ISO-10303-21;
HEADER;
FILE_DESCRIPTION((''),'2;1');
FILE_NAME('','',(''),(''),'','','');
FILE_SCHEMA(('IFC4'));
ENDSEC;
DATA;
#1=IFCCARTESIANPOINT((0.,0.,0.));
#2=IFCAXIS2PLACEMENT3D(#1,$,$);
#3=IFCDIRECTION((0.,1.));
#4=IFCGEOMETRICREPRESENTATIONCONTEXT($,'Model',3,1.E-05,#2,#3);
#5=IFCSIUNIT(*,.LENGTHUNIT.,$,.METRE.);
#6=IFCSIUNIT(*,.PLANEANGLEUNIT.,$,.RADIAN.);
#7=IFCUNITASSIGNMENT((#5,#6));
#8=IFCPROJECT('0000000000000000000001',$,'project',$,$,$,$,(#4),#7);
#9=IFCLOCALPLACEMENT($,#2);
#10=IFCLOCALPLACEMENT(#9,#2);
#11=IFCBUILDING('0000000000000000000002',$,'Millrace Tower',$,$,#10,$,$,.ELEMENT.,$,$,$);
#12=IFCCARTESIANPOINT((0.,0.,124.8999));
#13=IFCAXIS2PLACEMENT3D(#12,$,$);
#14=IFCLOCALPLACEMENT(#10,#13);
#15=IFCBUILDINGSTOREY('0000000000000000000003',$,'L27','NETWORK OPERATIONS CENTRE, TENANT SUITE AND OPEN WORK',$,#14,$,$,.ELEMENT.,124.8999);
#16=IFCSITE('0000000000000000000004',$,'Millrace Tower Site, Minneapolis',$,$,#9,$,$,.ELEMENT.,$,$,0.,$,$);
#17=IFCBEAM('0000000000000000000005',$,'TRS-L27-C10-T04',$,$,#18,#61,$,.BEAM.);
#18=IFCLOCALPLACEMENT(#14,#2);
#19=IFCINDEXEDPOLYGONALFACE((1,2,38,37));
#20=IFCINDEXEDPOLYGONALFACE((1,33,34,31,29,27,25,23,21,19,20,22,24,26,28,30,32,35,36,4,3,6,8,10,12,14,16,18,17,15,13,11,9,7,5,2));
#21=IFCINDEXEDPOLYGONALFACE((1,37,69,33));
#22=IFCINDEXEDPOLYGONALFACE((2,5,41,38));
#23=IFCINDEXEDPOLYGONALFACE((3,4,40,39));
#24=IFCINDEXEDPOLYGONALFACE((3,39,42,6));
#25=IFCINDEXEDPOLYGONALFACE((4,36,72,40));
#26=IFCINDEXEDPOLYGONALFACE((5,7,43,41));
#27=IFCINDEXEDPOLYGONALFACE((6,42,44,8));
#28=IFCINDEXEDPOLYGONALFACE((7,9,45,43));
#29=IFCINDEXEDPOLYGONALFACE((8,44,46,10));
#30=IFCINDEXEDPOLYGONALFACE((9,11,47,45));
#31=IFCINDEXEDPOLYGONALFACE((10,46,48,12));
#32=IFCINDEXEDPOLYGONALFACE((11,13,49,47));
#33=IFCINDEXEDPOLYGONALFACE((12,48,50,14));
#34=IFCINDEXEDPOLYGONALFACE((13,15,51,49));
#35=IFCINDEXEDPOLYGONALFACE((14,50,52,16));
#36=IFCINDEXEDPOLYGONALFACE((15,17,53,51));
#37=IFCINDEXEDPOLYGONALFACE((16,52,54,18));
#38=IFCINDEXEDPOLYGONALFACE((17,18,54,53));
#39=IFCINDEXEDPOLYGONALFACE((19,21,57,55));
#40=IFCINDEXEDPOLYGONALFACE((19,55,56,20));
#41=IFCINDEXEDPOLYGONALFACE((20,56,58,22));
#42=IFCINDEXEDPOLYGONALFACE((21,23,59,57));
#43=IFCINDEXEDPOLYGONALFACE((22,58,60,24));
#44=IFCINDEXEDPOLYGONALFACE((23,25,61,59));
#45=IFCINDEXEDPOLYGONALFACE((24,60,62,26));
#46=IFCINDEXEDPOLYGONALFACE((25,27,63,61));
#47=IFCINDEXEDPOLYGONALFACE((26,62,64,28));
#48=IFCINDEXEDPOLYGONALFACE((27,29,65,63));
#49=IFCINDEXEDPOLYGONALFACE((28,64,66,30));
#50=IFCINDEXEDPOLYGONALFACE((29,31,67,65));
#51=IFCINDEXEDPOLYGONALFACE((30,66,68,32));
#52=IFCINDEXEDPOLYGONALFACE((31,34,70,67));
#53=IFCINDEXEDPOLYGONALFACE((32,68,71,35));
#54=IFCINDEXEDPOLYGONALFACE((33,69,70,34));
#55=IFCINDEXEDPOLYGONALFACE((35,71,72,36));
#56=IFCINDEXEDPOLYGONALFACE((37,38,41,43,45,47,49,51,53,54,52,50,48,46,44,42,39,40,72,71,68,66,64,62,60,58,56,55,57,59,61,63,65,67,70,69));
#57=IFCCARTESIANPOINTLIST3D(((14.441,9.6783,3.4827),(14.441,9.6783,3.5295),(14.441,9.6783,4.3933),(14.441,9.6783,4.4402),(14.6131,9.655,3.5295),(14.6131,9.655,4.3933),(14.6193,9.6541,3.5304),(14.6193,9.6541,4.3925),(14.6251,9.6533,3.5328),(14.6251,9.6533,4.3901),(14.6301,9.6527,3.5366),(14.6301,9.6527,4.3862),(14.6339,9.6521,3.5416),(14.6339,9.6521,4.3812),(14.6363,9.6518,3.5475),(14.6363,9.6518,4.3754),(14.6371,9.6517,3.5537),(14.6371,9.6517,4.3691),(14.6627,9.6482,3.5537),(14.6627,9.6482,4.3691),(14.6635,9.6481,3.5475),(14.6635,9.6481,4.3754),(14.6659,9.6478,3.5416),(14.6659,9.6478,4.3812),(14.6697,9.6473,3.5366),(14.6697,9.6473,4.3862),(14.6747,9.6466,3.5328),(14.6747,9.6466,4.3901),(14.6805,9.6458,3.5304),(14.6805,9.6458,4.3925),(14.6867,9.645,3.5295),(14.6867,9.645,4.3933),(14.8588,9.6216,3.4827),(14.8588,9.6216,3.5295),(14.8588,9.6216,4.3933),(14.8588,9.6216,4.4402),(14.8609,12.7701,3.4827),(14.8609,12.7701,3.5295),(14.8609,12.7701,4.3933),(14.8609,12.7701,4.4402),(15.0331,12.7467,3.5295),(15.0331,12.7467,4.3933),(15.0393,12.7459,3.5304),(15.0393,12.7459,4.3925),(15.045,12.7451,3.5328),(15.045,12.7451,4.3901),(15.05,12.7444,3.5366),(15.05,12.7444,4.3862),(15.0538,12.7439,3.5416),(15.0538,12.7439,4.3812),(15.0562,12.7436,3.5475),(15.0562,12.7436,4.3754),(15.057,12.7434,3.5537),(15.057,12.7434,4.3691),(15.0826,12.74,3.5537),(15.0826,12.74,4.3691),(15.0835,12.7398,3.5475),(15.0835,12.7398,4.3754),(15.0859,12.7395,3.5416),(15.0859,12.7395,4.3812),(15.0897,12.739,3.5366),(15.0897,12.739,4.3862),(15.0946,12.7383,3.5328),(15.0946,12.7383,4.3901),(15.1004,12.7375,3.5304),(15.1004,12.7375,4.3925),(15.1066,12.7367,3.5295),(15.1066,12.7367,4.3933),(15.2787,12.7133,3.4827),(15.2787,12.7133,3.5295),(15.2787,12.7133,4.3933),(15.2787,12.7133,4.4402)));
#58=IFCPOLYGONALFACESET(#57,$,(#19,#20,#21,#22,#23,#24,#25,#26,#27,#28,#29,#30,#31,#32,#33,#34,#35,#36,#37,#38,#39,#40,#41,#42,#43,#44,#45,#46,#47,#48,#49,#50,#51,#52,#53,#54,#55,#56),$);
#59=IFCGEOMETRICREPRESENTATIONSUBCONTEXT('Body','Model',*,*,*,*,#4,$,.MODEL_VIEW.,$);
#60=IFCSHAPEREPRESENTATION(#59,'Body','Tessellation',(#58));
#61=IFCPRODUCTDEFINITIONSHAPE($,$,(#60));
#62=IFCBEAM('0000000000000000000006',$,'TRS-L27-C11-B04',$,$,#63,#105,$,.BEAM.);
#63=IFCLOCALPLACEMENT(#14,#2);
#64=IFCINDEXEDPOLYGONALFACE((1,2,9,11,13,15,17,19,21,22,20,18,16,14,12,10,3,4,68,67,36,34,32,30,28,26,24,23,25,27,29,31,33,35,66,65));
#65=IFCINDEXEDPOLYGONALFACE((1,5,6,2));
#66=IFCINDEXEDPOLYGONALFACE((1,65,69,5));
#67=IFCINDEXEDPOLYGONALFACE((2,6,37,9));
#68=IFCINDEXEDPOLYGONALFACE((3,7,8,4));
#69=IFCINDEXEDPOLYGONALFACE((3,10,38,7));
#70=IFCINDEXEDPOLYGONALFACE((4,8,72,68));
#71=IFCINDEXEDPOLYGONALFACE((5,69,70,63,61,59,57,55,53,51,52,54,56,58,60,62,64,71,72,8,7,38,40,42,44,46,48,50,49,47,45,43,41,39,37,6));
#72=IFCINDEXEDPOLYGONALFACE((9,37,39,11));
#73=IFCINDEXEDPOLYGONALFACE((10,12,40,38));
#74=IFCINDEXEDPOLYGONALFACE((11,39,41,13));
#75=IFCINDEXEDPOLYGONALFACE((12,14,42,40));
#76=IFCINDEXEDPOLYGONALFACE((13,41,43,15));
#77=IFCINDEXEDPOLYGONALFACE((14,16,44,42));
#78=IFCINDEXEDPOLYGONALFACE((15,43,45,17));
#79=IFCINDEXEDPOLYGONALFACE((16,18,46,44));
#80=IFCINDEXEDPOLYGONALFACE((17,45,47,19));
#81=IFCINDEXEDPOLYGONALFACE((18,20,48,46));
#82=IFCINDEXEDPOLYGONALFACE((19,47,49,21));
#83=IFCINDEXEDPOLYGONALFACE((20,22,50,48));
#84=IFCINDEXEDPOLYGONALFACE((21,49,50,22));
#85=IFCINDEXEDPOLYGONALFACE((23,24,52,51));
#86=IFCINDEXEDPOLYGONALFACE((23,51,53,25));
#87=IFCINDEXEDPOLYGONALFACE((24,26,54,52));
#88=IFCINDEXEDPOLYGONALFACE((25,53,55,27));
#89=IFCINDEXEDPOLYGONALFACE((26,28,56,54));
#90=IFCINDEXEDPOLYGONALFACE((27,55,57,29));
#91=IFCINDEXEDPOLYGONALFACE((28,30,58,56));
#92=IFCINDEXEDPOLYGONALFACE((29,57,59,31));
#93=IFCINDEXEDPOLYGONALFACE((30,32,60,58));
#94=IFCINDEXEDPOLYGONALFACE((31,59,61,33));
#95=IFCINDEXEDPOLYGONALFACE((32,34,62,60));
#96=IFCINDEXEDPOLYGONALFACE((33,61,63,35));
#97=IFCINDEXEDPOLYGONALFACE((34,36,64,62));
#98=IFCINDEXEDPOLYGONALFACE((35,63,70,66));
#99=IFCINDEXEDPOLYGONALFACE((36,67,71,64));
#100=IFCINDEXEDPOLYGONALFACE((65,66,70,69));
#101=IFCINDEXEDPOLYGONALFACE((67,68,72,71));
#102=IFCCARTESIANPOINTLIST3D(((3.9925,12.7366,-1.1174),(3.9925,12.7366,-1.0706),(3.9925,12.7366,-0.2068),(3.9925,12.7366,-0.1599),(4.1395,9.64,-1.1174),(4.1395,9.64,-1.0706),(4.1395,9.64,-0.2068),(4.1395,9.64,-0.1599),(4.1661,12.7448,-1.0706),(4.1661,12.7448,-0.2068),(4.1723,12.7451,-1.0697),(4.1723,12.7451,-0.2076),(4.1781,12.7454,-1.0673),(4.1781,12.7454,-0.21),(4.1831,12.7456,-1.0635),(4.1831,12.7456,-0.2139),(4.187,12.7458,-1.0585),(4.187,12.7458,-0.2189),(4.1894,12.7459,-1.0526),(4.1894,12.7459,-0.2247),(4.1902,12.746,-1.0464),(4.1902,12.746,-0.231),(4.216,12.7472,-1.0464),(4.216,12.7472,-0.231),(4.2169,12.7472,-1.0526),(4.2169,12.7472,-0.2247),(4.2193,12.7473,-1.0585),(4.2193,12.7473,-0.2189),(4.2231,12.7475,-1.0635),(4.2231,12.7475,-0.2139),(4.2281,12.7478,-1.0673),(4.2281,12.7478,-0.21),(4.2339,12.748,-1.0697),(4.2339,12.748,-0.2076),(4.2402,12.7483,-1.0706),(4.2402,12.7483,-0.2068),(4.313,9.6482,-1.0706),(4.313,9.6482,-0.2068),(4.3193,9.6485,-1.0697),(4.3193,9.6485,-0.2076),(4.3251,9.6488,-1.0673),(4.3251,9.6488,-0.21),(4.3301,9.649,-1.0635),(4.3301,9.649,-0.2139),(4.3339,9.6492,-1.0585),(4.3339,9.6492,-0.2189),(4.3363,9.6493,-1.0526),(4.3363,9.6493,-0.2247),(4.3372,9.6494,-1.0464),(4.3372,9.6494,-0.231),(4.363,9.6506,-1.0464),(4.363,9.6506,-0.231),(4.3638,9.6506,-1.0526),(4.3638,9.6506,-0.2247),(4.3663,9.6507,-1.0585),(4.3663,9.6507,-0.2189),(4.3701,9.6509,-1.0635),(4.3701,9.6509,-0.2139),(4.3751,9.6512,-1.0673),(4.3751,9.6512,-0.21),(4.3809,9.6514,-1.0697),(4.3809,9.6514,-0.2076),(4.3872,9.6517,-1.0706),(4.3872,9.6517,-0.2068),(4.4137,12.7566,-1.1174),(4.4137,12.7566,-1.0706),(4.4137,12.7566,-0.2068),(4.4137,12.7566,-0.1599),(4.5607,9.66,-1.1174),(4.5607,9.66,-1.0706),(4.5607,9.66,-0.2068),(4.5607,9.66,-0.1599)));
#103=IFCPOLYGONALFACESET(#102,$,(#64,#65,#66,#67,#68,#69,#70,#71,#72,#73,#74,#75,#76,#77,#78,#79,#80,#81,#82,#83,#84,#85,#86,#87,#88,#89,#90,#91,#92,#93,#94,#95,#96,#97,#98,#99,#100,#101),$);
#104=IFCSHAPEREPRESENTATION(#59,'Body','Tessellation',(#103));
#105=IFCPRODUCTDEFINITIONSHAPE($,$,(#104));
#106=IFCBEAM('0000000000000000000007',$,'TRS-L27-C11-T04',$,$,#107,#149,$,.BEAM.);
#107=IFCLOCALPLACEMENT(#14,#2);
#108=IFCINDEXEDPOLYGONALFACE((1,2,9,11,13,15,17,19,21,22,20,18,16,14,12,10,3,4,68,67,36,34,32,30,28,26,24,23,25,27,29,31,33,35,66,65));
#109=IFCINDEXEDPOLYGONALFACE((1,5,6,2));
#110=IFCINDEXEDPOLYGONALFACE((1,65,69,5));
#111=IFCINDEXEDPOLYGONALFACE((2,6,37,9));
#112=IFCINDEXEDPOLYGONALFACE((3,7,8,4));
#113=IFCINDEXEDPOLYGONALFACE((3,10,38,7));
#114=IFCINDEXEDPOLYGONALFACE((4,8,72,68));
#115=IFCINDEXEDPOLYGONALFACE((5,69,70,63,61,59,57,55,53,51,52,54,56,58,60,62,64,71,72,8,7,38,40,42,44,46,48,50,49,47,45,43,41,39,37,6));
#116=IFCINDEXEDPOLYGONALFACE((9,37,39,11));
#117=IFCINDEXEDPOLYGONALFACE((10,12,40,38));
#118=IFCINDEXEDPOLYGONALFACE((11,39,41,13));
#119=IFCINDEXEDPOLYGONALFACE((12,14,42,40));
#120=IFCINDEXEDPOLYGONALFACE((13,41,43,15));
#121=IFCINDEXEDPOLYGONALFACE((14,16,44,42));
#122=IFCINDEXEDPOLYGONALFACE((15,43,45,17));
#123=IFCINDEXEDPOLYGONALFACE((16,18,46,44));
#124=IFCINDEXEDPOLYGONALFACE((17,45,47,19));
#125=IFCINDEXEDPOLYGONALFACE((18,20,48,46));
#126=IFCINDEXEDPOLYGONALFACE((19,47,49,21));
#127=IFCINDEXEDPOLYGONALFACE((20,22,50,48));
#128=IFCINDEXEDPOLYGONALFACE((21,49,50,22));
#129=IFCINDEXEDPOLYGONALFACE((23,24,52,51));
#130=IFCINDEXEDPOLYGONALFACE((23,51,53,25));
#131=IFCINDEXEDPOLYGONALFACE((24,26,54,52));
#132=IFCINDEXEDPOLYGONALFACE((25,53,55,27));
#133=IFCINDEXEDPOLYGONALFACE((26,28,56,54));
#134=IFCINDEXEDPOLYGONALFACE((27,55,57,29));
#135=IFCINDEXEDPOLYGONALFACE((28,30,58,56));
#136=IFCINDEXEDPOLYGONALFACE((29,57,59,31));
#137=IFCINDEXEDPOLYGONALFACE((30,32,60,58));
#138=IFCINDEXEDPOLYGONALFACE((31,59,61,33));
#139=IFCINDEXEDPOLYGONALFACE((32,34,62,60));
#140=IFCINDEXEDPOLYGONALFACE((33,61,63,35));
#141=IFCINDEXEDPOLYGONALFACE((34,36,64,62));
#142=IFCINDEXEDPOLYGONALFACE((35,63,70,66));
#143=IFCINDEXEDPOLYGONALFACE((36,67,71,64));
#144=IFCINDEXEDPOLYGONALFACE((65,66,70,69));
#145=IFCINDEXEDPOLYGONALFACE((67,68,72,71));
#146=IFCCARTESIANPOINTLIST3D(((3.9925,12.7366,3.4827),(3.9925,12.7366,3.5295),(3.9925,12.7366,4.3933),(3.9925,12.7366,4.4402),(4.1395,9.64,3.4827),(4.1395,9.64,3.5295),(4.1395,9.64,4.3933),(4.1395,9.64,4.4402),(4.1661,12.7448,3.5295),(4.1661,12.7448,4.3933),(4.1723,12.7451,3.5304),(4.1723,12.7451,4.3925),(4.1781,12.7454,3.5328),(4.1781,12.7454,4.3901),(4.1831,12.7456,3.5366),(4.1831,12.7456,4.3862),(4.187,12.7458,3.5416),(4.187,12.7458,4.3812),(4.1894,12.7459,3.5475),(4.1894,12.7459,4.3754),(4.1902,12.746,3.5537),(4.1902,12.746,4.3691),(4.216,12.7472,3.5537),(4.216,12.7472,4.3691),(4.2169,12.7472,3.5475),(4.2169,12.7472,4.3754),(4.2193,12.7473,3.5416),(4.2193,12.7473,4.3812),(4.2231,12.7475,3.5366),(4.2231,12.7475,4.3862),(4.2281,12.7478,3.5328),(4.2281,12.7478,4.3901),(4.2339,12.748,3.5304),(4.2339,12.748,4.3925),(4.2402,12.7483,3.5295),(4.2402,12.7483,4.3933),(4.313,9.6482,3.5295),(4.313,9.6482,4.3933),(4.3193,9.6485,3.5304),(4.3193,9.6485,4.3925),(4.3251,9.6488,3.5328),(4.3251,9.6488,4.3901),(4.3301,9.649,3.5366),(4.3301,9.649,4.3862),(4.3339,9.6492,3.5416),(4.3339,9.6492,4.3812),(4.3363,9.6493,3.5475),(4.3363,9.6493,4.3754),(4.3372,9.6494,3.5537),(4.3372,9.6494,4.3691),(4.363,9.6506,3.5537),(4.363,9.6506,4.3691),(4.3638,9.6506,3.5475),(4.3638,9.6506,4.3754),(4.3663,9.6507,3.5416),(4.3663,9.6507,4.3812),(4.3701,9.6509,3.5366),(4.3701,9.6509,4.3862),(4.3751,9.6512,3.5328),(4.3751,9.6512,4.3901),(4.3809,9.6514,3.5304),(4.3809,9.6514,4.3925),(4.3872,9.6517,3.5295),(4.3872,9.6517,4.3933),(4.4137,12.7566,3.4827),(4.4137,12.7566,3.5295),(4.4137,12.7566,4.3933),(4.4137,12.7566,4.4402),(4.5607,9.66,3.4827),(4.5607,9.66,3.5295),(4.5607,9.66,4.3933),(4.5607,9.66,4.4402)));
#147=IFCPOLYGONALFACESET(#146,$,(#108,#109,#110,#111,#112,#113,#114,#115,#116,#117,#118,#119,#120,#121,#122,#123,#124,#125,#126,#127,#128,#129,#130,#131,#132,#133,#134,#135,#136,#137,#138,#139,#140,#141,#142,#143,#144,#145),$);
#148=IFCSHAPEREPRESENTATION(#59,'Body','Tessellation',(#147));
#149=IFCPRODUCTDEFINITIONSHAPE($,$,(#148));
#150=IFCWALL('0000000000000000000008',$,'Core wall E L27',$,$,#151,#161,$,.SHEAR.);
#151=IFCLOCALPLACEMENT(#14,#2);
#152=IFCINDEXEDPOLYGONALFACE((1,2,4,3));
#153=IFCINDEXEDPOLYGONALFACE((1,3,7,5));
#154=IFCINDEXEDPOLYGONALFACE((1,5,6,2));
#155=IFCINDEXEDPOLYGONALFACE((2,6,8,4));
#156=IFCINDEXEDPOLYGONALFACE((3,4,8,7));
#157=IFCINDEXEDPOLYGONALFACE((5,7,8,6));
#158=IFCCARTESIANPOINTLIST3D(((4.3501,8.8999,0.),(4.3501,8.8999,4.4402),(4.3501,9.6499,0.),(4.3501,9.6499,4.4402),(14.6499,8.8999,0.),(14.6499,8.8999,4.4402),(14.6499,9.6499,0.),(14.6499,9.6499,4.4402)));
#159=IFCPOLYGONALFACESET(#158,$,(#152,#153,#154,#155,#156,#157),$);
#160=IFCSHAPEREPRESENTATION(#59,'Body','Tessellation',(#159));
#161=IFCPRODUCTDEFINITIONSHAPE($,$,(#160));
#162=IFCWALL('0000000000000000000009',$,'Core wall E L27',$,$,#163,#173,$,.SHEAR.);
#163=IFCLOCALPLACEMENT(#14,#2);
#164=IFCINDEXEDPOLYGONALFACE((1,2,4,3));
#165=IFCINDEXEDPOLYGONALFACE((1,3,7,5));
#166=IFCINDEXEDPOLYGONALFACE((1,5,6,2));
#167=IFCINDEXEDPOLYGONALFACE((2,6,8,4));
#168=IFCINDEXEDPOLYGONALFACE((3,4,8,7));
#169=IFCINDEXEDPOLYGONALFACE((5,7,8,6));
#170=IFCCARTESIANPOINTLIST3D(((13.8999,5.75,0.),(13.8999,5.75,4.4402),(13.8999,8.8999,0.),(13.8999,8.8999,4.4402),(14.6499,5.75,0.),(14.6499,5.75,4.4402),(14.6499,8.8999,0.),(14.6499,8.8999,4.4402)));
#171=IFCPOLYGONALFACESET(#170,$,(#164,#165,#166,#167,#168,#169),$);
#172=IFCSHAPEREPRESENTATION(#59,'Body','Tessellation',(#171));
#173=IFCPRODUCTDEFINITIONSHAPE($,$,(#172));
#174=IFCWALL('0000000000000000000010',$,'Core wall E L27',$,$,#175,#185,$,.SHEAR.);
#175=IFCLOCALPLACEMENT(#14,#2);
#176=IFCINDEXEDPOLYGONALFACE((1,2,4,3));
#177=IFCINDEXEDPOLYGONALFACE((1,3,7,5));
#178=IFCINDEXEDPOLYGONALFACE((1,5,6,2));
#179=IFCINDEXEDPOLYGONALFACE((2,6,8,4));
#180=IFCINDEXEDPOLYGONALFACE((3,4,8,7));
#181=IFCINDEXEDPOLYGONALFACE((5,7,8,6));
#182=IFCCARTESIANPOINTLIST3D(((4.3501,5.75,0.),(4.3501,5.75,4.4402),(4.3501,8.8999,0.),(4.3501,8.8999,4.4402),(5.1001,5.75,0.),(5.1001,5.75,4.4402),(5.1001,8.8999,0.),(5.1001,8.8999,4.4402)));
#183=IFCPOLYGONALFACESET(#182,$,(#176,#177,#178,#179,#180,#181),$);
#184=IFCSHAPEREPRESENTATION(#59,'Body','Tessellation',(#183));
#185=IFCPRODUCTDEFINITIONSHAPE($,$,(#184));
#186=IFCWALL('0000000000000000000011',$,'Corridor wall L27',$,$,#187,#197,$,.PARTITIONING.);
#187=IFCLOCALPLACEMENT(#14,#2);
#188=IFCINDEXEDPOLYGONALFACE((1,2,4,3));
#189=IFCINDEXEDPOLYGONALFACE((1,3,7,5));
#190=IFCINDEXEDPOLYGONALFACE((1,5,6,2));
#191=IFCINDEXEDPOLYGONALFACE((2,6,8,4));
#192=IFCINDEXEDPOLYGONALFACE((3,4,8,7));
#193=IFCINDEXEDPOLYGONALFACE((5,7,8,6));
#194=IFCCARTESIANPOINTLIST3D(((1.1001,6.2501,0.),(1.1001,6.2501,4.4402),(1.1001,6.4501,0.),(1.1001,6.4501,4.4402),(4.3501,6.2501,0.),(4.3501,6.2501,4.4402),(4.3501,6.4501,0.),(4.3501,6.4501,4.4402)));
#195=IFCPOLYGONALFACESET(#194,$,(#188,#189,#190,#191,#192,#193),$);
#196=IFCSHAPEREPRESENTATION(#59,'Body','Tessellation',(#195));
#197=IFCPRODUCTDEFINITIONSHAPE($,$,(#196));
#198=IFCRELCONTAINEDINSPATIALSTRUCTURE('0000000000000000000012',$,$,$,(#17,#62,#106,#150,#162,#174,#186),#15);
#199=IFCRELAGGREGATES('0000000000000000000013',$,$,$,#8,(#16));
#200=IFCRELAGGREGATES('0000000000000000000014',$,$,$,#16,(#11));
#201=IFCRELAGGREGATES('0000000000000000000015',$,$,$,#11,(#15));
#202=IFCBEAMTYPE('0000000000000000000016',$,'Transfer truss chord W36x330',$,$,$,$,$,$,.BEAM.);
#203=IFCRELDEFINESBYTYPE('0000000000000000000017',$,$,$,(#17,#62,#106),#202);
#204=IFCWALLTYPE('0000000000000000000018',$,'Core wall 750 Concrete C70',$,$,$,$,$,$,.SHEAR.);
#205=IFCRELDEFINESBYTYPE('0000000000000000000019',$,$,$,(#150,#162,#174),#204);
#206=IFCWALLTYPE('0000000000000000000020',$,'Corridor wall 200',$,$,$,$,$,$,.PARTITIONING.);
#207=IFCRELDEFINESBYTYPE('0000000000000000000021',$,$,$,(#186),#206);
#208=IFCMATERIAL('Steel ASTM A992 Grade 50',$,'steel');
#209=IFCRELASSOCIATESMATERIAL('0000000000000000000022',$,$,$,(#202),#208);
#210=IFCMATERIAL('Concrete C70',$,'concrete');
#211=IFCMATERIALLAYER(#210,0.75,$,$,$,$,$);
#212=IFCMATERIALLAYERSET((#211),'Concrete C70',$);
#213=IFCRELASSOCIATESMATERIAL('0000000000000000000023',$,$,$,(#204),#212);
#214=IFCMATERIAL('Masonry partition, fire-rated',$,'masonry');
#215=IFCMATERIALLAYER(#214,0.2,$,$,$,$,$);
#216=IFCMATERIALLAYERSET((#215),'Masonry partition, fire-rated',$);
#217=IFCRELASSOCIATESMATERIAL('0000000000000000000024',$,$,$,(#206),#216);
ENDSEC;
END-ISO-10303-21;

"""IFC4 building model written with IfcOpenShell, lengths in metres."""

from ifc_helpers import new_model, si_unit, direction, frame, frame_2d, origin, origin_2d, place, context, subcontext, project, spatial, rectangle, i_section, extrude, material, layer, layer_set, material_profile, profile_set, type_object, element, save


model = new_model("IFC4")

# Units and contexts
model_context = context("Model", 3, precision=1e-05, world=origin(), true_north=direction((0.0, 1.0)))
body_context = subcontext(model_context, "Body", "Model", "MODEL_VIEW")
ifc_project = project(units=[si_unit("LENGTHUNIT", "METRE"), si_unit("PLANEANGLEUNIT", "RADIAN")], contexts=[model_context])

# Site, building, storey
site_placement = place(None, origin())
site = spatial("IfcSite", under=ifc_project, at=site_placement, Name="Millrace Tower Site, Minneapolis", CompositionType="ELEMENT", RefElevation=0.0)
building_placement = place(site_placement, origin())
building = spatial("IfcBuilding", under=site, at=building_placement, Name="Millrace Tower", CompositionType="ELEMENT")
storey_placement = place(building_placement, frame((0.0, 0.0, 124.8999)))
storey = spatial("IfcBuildingStorey", under=building, at=storey_placement, Name="L27", Description="NETWORK OPERATIONS CENTRE, TENANT SUITE AND OPEN WORK", CompositionType="ELEMENT", Elevation=124.8999)

# Beams
ifc_material_1 = material(Name="Steel ASTM A992 Grade 50", Category="steel")
ifc_material_profile_1 = material_profile(ifc_material_1, i_section(OverallWidth=0.4216, OverallDepth=0.9575, WebThickness=0.0259, FlangeThickness=0.0469, FilletRadius=0.0242, at=origin_2d()))
ifc_profile_set_1 = profile_set([ifc_material_profile_1], Name="Steel ASTM A992 Grade 50")
beam_type_1 = type_object("IfcBeamType", Name="Transfer truss chord W36x330", PredefinedType="BEAM", material=ifc_profile_set_1)
for number, where, z_axis, x_axis, name in (
    (1, (15.0698, 12.7417, 3.9614), (-0.134582, -0.990902, 0.0), (0.990902, -0.134582, 0.0), "TRS-L27-C10-T04"),
):
    element("IfcBeam", number, at=place(storey_placement, frame(where, z_axis=z_axis, x_axis=x_axis)), inside=storey, type_object=beam_type_1, Name=name, PredefinedType="BEAM", context=body_context, shape_type="SweptSolid", body=[
        extrude(i_section(OverallWidth=0.4216, OverallDepth=0.9575, WebThickness=0.0259, FlangeThickness=0.0469, FilletRadius=0.0242, at=origin_2d()), origin(), (0.0, 0.0, 1.0), 3.1201),
    ])
for number, where, z_axis, x_axis, name in (
    (2, (4.2031, 12.7466, -0.6387), (0.047408, -0.998876, 0.0), (0.998876, 0.047408, 0.0), "TRS-L27-C11-B04"),
    (3, (4.2031, 12.7466, 3.9614), (0.047408, -0.998876, 0.0), (0.998876, 0.047408, 0.0), "TRS-L27-C11-T04"),
):
    element("IfcBeam", number, at=place(storey_placement, frame(where, z_axis=z_axis, x_axis=x_axis)), inside=storey, type_object=beam_type_1, Name=name, PredefinedType="BEAM", context=body_context, shape_type="SweptSolid", body=[
        extrude(i_section(OverallWidth=0.4216, OverallDepth=0.9575, WebThickness=0.0259, FlangeThickness=0.0469, FilletRadius=0.0242, at=origin_2d()), origin(), (0.0, 0.0, 1.0), 3.1001),
    ])

# Walls
ifc_material_2 = material(Name="Concrete C70", Category="concrete")
ifc_layer_1 = layer(ifc_material_2, 0.75)
ifc_layer_set_1 = layer_set([ifc_layer_1], Name="Concrete C70")
wall_type_1 = type_object("IfcWallType", Name="Core wall 750 Concrete C70", PredefinedType="SHEAR", material=ifc_layer_set_1)
wall_1_placement = place(storey_placement, frame((14.6499, 9.2749, 0.0), z_axis=(0.0, 0.0, 1.0), x_axis=(-1.0, 0.0, 0.0)))
element("IfcWall", 4, at=wall_1_placement, inside=storey, type_object=wall_type_1, Name="Core wall E L27", PredefinedType="SHEAR", context=body_context, shape_type="SweptSolid", body=[
    extrude(rectangle(XDim=10.2998, YDim=0.75, at=frame_2d((5.1499, 0.0))), origin(), (0.0, 0.0, 1.0), 4.4402),
])
for number, where, z_axis, x_axis, name in (
    (5, (14.2749, 8.8999, 0.0), (0.0, 0.0, 1.0), (0.0, -1.0, 0.0), "Core wall E L27"),
    (6, (4.7251, 8.8999, 0.0), (0.0, 0.0, 1.0), (0.0, -1.0, 0.0), "Core wall E L27"),
):
    element("IfcWall", number, at=place(storey_placement, frame(where, z_axis=z_axis, x_axis=x_axis)), inside=storey, type_object=wall_type_1, Name=name, PredefinedType="SHEAR", context=body_context, shape_type="SweptSolid", body=[
        extrude(rectangle(XDim=3.1499, YDim=0.75, at=frame_2d((1.575, 0.0))), origin(), (0.0, 0.0, 1.0), 4.4402),
    ])
ifc_material_3 = material(Name="Masonry partition, fire-rated", Category="masonry")
ifc_layer_2 = layer(ifc_material_3, 0.2)
ifc_layer_set_2 = layer_set([ifc_layer_2], Name="Masonry partition, fire-rated")
wall_type_2 = type_object("IfcWallType", Name="Corridor wall 200", PredefinedType="PARTITIONING", material=ifc_layer_set_2)
wall_2_placement = place(storey_placement, frame((1.1001, 6.3501, 0.0), z_axis=(0.0, 0.0, 1.0), x_axis=(1.0, 0.0, 0.0)))
element("IfcWall", 7, at=wall_2_placement, inside=storey, type_object=wall_type_2, Name="Corridor wall L27", PredefinedType="PARTITIONING", context=body_context, shape_type="SweptSolid", body=[
    extrude(rectangle(XDim=3.25, YDim=0.2, at=frame_2d((1.625, 0.0))), origin(), (0.0, 0.0, 1.0), 4.4402),
])

save(model, "model.ifc")
